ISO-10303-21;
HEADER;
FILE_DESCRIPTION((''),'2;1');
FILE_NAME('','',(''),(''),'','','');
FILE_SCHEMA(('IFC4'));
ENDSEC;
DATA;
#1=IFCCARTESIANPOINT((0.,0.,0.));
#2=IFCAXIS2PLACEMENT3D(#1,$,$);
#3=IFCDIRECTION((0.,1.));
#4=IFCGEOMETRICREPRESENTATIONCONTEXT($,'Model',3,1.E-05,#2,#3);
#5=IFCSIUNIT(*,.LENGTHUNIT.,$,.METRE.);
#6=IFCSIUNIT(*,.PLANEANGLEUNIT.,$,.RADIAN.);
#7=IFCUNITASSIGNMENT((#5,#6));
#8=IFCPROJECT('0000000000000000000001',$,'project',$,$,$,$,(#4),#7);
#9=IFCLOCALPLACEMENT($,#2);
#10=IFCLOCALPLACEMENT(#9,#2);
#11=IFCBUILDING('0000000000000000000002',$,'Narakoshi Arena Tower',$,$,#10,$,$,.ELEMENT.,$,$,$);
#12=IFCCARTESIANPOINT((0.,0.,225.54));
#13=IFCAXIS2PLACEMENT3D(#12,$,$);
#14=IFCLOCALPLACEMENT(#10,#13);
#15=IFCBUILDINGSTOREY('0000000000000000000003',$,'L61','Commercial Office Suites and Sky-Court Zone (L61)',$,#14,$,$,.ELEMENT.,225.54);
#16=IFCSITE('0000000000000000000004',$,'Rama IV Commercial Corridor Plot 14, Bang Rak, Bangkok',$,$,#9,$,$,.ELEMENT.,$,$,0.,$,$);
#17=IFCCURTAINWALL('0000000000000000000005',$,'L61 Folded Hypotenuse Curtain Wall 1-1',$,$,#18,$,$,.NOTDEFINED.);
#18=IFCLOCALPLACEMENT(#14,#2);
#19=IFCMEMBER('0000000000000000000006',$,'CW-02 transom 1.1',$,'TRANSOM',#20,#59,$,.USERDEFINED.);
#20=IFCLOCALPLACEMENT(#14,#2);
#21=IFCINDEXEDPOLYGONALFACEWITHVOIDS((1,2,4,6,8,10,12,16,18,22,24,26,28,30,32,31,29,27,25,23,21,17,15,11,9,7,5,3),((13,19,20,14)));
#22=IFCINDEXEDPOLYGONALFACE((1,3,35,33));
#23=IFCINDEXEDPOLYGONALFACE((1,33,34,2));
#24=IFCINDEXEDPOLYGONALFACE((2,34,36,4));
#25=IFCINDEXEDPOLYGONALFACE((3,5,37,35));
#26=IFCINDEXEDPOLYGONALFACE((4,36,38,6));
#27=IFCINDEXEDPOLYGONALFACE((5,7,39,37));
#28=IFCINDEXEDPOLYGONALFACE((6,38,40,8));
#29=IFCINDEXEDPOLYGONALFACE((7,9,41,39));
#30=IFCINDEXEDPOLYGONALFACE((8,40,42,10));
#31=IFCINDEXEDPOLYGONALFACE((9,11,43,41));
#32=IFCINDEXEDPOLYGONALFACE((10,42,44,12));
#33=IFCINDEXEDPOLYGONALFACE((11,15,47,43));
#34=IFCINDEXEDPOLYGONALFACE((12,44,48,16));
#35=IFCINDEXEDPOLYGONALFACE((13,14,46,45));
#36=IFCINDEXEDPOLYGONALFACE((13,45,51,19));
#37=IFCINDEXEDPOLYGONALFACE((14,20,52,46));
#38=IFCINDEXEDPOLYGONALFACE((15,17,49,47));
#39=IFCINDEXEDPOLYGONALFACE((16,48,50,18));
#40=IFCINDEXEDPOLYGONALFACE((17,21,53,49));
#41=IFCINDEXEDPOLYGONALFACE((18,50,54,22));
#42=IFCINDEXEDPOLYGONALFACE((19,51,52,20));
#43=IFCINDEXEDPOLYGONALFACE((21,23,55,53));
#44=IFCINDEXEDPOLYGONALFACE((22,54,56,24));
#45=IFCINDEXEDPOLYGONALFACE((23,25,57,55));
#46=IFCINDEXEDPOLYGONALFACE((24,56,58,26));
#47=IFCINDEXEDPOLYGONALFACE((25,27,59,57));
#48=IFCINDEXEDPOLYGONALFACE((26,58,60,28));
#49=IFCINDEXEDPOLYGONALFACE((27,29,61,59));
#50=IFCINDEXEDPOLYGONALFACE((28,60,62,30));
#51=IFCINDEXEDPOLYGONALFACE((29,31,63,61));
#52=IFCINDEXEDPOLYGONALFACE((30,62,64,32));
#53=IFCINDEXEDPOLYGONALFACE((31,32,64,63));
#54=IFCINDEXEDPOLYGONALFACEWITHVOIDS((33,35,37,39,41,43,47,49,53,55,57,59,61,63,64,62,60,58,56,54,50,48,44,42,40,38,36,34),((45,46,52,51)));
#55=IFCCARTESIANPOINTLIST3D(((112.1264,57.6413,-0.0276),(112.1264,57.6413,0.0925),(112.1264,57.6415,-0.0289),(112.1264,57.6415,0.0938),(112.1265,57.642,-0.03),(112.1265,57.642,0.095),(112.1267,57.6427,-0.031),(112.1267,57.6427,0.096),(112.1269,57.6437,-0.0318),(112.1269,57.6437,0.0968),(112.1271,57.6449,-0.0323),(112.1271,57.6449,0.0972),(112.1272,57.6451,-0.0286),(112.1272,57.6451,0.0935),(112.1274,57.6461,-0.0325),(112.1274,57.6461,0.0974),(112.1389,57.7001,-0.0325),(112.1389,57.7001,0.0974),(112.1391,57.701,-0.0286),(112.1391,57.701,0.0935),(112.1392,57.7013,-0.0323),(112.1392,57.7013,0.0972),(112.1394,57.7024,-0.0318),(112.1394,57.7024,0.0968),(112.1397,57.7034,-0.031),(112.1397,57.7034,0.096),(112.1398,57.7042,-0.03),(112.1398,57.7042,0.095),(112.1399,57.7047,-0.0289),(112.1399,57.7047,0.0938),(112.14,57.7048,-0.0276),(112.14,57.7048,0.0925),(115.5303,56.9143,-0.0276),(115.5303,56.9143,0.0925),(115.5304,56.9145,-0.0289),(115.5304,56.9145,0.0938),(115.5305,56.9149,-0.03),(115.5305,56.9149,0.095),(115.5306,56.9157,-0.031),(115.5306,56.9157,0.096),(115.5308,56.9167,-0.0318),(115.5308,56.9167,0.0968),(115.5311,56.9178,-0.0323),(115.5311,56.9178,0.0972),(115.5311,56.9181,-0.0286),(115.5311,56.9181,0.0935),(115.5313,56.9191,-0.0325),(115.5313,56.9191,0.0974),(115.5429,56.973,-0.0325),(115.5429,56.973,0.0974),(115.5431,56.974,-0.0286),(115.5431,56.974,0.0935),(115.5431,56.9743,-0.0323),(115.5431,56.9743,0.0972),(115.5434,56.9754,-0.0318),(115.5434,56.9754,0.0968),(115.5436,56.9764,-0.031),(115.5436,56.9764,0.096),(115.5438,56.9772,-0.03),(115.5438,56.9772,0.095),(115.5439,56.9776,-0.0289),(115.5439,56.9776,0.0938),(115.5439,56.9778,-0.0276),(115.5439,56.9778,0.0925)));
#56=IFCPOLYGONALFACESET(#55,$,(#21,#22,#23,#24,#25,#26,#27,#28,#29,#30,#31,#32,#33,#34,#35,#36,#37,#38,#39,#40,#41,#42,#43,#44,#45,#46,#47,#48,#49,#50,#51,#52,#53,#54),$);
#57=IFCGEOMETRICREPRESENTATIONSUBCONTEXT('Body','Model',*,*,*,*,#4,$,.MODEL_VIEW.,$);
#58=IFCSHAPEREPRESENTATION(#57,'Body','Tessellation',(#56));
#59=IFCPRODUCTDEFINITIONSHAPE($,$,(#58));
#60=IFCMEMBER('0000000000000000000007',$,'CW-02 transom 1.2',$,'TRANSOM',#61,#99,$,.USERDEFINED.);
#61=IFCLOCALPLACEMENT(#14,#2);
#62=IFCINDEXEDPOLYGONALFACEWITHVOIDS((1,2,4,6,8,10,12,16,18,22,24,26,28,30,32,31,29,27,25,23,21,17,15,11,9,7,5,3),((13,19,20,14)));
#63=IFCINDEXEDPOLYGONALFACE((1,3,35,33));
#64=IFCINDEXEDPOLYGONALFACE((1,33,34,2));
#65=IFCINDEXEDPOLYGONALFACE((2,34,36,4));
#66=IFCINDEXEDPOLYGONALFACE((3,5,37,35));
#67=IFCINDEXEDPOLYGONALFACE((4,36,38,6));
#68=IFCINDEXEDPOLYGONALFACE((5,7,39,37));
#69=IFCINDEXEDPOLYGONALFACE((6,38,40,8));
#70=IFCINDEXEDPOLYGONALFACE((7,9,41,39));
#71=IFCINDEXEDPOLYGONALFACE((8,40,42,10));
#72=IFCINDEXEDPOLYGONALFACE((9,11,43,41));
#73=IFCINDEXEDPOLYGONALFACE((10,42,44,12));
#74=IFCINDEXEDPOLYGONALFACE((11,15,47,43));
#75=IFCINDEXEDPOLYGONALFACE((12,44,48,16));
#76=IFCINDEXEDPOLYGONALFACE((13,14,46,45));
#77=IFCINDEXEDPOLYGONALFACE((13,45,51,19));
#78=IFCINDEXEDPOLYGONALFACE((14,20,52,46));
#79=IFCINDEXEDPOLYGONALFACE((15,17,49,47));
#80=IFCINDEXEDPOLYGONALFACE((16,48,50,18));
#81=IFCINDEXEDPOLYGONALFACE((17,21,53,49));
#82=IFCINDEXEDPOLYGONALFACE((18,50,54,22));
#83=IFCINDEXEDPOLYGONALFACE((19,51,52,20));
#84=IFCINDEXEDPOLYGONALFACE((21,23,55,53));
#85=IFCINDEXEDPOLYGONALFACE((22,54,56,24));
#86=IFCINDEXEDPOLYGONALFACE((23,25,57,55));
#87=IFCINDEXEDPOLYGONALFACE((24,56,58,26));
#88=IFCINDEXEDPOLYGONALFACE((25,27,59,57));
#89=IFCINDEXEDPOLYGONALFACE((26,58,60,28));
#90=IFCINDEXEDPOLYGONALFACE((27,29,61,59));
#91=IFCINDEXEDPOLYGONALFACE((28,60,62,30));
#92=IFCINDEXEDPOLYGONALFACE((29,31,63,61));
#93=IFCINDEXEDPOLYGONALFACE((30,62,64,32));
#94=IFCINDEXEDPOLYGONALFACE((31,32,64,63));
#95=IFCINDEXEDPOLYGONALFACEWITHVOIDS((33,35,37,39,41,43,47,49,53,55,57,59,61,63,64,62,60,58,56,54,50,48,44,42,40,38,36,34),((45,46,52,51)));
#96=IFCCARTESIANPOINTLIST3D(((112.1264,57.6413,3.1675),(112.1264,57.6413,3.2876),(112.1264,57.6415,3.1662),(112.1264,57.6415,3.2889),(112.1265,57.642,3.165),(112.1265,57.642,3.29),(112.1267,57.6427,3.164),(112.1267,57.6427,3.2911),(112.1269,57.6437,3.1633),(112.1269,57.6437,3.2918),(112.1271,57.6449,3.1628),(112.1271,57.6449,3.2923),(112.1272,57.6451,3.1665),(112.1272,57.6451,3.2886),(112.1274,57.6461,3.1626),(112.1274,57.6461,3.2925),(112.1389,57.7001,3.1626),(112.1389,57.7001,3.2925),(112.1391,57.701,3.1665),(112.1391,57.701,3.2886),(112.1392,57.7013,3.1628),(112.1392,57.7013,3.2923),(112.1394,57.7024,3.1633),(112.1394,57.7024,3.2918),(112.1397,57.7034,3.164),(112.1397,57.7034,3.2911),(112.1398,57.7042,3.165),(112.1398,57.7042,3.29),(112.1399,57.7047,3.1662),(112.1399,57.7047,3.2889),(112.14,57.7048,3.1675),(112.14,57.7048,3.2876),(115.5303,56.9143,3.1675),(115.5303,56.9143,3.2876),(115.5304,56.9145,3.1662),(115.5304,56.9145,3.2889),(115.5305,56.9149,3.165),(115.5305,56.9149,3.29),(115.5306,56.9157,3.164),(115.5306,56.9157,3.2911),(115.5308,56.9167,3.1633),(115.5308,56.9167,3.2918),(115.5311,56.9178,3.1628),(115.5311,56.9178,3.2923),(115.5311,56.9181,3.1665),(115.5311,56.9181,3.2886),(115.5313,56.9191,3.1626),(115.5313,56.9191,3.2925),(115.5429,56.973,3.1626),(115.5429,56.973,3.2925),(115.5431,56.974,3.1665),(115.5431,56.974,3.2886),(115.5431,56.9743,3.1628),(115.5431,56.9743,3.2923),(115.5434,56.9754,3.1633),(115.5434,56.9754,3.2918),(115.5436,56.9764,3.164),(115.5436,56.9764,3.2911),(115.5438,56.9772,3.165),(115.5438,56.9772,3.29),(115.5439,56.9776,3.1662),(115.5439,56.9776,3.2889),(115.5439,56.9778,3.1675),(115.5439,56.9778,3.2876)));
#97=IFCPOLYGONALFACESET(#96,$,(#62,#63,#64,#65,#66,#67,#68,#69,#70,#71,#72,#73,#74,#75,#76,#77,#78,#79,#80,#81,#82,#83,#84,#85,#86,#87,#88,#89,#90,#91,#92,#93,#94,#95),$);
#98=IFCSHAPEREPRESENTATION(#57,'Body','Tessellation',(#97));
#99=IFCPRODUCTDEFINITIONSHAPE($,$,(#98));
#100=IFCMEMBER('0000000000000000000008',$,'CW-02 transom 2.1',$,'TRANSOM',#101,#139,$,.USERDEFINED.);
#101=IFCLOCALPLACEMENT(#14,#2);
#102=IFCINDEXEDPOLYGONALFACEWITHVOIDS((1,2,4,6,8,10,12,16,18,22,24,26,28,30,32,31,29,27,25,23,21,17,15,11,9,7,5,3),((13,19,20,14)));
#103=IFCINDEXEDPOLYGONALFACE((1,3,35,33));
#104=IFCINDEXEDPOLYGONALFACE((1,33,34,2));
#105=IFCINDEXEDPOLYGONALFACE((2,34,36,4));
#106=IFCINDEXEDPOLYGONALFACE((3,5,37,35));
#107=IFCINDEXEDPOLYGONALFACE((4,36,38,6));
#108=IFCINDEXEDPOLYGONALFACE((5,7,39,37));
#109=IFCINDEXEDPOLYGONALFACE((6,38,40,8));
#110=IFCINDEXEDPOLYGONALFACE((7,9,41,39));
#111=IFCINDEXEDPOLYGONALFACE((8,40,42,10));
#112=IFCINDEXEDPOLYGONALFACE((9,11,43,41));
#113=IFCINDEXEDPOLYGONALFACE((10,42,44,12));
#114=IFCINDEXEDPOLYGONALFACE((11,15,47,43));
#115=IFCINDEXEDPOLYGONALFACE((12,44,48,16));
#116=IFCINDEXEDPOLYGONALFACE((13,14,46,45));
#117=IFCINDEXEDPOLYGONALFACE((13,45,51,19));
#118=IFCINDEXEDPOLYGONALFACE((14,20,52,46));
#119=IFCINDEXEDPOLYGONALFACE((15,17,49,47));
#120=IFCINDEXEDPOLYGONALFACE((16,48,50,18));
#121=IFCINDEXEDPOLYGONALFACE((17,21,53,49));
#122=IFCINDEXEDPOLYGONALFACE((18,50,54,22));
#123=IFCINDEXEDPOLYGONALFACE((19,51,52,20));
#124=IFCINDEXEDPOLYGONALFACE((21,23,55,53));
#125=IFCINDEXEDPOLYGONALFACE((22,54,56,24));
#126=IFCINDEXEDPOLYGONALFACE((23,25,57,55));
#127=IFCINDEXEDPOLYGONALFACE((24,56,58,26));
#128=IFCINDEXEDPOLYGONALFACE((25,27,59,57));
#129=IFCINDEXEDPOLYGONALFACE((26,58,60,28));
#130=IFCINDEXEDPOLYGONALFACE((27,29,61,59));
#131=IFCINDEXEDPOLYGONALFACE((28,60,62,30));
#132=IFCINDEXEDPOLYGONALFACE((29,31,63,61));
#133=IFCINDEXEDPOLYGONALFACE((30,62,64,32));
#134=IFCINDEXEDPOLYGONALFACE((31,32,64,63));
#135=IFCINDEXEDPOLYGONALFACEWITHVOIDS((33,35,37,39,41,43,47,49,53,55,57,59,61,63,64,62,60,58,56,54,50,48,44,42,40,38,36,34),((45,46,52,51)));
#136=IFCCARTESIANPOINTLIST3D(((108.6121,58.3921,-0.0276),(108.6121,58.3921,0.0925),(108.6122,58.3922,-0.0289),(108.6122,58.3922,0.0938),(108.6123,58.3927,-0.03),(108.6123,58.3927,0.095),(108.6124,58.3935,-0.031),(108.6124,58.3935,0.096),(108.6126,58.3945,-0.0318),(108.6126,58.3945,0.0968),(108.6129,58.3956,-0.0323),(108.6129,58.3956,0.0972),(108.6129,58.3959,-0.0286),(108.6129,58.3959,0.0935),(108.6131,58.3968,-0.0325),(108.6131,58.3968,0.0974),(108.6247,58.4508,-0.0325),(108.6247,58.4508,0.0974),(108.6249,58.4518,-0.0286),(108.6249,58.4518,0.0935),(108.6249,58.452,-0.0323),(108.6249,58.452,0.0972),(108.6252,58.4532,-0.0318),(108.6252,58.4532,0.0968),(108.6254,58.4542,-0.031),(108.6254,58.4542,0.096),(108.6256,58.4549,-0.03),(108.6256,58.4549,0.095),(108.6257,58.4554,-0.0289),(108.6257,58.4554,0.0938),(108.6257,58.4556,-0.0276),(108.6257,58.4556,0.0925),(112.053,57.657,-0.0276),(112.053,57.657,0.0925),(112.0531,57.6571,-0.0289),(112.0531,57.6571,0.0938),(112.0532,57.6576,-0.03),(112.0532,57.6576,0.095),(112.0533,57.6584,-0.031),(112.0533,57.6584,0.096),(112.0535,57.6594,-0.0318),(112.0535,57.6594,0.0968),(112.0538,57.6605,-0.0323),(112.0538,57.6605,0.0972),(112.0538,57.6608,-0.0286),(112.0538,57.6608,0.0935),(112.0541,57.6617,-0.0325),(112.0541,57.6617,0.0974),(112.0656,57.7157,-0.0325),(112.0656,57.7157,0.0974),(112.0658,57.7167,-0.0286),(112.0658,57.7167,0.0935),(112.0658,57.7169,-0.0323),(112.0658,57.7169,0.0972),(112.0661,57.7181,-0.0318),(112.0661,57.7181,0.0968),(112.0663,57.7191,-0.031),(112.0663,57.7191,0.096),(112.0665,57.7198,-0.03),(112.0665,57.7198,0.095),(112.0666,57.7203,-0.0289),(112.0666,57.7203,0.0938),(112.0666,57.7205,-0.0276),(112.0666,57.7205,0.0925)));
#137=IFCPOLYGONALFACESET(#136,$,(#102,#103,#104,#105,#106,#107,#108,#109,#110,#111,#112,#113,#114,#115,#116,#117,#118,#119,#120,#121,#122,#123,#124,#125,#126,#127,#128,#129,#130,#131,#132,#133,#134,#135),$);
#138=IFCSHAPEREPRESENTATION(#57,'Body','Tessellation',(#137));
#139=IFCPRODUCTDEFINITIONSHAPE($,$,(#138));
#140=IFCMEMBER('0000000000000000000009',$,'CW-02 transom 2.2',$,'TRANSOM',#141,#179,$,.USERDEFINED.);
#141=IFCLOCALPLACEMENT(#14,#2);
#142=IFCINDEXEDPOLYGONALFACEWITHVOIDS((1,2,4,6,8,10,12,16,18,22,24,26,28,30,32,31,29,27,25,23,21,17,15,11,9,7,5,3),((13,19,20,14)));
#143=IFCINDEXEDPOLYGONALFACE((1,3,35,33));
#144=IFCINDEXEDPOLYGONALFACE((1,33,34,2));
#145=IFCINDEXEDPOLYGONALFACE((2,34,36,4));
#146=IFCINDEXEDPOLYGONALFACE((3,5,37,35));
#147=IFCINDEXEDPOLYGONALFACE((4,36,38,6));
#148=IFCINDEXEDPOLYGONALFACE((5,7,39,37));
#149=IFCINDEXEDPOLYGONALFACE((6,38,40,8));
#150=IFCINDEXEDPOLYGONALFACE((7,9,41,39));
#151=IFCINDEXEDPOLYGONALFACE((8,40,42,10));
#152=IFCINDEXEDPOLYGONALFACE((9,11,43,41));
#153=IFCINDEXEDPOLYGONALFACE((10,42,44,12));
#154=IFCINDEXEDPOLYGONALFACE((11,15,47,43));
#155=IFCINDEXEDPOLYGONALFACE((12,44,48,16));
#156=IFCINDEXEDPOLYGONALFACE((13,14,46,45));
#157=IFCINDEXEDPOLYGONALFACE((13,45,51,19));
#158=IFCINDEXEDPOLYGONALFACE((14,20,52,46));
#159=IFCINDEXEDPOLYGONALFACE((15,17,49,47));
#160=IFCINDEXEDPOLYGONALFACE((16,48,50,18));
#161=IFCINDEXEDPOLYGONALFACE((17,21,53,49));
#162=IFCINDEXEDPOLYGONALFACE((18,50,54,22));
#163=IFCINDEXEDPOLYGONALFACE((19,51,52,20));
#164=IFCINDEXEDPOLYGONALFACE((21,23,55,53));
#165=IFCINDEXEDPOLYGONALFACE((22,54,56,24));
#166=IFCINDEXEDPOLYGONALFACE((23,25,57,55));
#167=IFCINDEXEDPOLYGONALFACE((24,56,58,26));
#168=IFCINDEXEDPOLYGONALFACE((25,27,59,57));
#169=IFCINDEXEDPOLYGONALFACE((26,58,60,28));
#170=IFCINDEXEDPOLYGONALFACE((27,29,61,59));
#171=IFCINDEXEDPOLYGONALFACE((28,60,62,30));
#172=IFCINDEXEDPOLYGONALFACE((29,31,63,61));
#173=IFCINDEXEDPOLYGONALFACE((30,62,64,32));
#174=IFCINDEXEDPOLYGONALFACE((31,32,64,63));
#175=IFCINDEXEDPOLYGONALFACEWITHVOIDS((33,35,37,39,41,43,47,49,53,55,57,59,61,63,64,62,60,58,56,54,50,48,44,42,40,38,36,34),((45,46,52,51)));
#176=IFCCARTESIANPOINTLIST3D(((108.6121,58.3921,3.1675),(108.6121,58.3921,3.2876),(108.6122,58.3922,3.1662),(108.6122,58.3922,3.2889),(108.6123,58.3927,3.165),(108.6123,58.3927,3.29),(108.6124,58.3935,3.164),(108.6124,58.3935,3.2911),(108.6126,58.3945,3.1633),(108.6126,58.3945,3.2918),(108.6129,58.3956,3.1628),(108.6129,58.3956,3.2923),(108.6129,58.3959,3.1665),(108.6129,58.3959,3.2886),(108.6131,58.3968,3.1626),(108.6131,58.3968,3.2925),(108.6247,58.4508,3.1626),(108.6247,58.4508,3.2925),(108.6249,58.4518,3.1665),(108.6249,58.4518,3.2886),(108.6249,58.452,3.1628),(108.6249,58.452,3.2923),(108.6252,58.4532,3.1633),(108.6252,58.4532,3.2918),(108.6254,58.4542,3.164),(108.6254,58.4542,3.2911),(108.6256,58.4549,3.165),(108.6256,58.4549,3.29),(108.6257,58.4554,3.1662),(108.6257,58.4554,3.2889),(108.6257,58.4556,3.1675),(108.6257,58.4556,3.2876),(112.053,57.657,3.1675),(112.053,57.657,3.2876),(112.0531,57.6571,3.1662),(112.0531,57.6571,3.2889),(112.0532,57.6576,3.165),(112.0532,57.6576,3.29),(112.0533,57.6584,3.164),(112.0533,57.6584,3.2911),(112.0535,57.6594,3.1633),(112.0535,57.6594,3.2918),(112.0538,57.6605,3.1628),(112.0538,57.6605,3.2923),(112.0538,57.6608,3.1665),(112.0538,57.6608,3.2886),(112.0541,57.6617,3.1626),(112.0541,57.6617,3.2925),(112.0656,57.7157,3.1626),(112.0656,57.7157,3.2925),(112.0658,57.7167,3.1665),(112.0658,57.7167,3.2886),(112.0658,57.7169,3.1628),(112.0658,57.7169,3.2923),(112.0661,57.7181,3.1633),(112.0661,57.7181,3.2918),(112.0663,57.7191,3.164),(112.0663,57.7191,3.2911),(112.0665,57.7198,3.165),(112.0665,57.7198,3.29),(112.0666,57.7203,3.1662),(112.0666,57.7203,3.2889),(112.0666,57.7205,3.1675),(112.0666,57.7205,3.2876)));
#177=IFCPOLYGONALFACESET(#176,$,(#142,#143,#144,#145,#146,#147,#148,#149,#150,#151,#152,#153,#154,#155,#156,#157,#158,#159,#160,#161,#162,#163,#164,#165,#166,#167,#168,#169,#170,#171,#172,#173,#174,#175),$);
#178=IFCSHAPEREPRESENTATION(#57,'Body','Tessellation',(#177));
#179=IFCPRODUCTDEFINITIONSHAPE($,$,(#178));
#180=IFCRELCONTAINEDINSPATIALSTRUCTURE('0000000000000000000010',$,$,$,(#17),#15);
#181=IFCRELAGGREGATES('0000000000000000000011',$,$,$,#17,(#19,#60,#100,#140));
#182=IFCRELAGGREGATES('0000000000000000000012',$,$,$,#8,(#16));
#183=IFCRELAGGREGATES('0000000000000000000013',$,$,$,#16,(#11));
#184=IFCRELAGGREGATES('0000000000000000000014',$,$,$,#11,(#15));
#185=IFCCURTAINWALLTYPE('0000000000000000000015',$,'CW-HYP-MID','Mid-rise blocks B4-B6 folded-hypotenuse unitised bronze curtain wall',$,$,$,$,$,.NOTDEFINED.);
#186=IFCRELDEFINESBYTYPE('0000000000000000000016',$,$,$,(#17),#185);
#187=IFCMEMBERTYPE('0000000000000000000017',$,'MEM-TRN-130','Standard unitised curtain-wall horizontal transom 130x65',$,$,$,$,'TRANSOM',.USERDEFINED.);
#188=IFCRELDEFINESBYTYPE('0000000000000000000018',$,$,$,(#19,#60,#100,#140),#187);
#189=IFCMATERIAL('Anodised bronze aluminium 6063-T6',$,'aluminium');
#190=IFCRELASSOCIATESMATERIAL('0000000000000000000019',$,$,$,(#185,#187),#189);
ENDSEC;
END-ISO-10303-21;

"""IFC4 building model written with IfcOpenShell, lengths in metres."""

from ifc_helpers import new_model, si_unit, direction, frame, origin, origin_2d, place, context, subcontext, project, spatial, hollow_rectangle, extrude, material, material_profile, profile_set, type_object, element, aggregate, save


model = new_model("IFC4")

# Units and contexts
model_context = context("Model", 3, precision=1e-05, world=origin(), true_north=direction((0.0, 1.0)))
body_context = subcontext(model_context, "Body", "Model", "MODEL_VIEW")
ifc_project = project(units=[si_unit("LENGTHUNIT", "METRE"), si_unit("PLANEANGLEUNIT", "RADIAN")], contexts=[model_context])

# Site, building, storey
site_placement = place(None, origin())
site = spatial("IfcSite", under=ifc_project, at=site_placement, Name="Rama IV Commercial Corridor Plot 14, Bang Rak, Bangkok", CompositionType="ELEMENT", RefElevation=0.0)
building_placement = place(site_placement, origin())
building = spatial("IfcBuilding", under=site, at=building_placement, Name="Narakoshi Arena Tower", CompositionType="ELEMENT")
storey_placement = place(building_placement, frame((0.0, 0.0, 225.54)))
storey = spatial("IfcBuildingStorey", under=building, at=storey_placement, Name="L61", Description="Commercial Office Suites and Sky-Court Zone (L61)", CompositionType="ELEMENT", Elevation=225.54)

# Curtain wall, members
ifc_material_1 = material(Name="Anodised bronze aluminium 6063-T6", Category="aluminium")
curtain_wall_type = type_object("IfcCurtainWallType", Name="CW-HYP-MID", Description="Mid-rise blocks B4-B6 folded-hypotenuse unitised bronze curtain wall", PredefinedType="NOTDEFINED", material=ifc_material_1)
curtain_wall_placement = place(storey_placement, origin())
curtain_wall = element("IfcCurtainWall", 1, at=curtain_wall_placement, inside=storey, type_object=curtain_wall_type, Name="L61 Folded Hypotenuse Curtain Wall 1-1", PredefinedType="NOTDEFINED")
ifc_material_profile_1 = material_profile(ifc_material_1, hollow_rectangle(XDim=0.0649, YDim=0.1299, WallThickness=0.0039, OuterFilletRadius=0.0049, at=origin_2d()), Name="TRN130x65x4")
ifc_profile_set_1 = profile_set([ifc_material_profile_1], Name="Anodised bronze aluminium 6063-T6")
member_type_1 = type_object("IfcMemberType", Name="MEM-TRN-130", Description="Standard unitised curtain-wall horizontal transom 130x65", ElementType="TRANSOM", PredefinedType="USERDEFINED", material=ifc_profile_set_1)
member_1_placement = place(storey_placement, frame((115.5371, 56.946, 0.0325), z_axis=(-0.977943, 0.208873, 0.0), x_axis=(-0.208873, -0.977943, 0.0)))
member_1 = element("IfcMember", 2, at=member_1_placement, type_object=member_type_1, Name="CW-02 transom 1.1", ObjectType="TRANSOM", PredefinedType="USERDEFINED", context=body_context, shape_type="SweptSolid", body=[
    extrude(hollow_rectangle(XDim=0.0649, YDim=0.1299, WallThickness=0.0039, OuterFilletRadius=0.0049, at=origin_2d()), origin(), (0.0, 0.0, 1.0), 3.4807),
])
member_2_placement = place(storey_placement, frame((115.5371, 56.946, 3.2275), z_axis=(-0.977943, 0.208873, 0.0), x_axis=(-0.208873, -0.977943, 0.0)))
member_2 = element("IfcMember", 3, at=member_2_placement, type_object=member_type_1, Name="CW-02 transom 1.2", ObjectType="TRANSOM", PredefinedType="USERDEFINED", context=body_context, shape_type="SweptSolid", body=[
    extrude(hollow_rectangle(XDim=0.0649, YDim=0.1299, WallThickness=0.0039, OuterFilletRadius=0.0049, at=origin_2d()), origin(), (0.0, 0.0, 1.0), 3.4807),
])
member_3_placement = place(storey_placement, frame((112.0598, 57.6887, 0.0325), z_axis=(-0.977932, 0.208923, 0.0), x_axis=(-0.208923, -0.977932, 0.0)))
member_3 = element("IfcMember", 4, at=member_3_placement, type_object=member_type_1, Name="CW-02 transom 2.1", ObjectType="TRANSOM", PredefinedType="USERDEFINED", context=body_context, shape_type="SweptSolid", body=[
    extrude(hollow_rectangle(XDim=0.0649, YDim=0.1299, WallThickness=0.0039, OuterFilletRadius=0.0049, at=origin_2d()), origin(), (0.0, 0.0, 1.0), 3.5186),
])
member_4_placement = place(storey_placement, frame((112.0598, 57.6887, 3.2275), z_axis=(-0.977932, 0.208923, 0.0), x_axis=(-0.208923, -0.977932, 0.0)))
member_4 = element("IfcMember", 5, at=member_4_placement, type_object=member_type_1, Name="CW-02 transom 2.2", ObjectType="TRANSOM", PredefinedType="USERDEFINED", context=body_context, shape_type="SweptSolid", body=[
    extrude(hollow_rectangle(XDim=0.0649, YDim=0.1299, WallThickness=0.0039, OuterFilletRadius=0.0049, at=origin_2d()), origin(), (0.0, 0.0, 1.0), 3.5186),
])
aggregate(curtain_wall, [member_1, member_2, member_3, member_4])

save(model, "model.ifc")
